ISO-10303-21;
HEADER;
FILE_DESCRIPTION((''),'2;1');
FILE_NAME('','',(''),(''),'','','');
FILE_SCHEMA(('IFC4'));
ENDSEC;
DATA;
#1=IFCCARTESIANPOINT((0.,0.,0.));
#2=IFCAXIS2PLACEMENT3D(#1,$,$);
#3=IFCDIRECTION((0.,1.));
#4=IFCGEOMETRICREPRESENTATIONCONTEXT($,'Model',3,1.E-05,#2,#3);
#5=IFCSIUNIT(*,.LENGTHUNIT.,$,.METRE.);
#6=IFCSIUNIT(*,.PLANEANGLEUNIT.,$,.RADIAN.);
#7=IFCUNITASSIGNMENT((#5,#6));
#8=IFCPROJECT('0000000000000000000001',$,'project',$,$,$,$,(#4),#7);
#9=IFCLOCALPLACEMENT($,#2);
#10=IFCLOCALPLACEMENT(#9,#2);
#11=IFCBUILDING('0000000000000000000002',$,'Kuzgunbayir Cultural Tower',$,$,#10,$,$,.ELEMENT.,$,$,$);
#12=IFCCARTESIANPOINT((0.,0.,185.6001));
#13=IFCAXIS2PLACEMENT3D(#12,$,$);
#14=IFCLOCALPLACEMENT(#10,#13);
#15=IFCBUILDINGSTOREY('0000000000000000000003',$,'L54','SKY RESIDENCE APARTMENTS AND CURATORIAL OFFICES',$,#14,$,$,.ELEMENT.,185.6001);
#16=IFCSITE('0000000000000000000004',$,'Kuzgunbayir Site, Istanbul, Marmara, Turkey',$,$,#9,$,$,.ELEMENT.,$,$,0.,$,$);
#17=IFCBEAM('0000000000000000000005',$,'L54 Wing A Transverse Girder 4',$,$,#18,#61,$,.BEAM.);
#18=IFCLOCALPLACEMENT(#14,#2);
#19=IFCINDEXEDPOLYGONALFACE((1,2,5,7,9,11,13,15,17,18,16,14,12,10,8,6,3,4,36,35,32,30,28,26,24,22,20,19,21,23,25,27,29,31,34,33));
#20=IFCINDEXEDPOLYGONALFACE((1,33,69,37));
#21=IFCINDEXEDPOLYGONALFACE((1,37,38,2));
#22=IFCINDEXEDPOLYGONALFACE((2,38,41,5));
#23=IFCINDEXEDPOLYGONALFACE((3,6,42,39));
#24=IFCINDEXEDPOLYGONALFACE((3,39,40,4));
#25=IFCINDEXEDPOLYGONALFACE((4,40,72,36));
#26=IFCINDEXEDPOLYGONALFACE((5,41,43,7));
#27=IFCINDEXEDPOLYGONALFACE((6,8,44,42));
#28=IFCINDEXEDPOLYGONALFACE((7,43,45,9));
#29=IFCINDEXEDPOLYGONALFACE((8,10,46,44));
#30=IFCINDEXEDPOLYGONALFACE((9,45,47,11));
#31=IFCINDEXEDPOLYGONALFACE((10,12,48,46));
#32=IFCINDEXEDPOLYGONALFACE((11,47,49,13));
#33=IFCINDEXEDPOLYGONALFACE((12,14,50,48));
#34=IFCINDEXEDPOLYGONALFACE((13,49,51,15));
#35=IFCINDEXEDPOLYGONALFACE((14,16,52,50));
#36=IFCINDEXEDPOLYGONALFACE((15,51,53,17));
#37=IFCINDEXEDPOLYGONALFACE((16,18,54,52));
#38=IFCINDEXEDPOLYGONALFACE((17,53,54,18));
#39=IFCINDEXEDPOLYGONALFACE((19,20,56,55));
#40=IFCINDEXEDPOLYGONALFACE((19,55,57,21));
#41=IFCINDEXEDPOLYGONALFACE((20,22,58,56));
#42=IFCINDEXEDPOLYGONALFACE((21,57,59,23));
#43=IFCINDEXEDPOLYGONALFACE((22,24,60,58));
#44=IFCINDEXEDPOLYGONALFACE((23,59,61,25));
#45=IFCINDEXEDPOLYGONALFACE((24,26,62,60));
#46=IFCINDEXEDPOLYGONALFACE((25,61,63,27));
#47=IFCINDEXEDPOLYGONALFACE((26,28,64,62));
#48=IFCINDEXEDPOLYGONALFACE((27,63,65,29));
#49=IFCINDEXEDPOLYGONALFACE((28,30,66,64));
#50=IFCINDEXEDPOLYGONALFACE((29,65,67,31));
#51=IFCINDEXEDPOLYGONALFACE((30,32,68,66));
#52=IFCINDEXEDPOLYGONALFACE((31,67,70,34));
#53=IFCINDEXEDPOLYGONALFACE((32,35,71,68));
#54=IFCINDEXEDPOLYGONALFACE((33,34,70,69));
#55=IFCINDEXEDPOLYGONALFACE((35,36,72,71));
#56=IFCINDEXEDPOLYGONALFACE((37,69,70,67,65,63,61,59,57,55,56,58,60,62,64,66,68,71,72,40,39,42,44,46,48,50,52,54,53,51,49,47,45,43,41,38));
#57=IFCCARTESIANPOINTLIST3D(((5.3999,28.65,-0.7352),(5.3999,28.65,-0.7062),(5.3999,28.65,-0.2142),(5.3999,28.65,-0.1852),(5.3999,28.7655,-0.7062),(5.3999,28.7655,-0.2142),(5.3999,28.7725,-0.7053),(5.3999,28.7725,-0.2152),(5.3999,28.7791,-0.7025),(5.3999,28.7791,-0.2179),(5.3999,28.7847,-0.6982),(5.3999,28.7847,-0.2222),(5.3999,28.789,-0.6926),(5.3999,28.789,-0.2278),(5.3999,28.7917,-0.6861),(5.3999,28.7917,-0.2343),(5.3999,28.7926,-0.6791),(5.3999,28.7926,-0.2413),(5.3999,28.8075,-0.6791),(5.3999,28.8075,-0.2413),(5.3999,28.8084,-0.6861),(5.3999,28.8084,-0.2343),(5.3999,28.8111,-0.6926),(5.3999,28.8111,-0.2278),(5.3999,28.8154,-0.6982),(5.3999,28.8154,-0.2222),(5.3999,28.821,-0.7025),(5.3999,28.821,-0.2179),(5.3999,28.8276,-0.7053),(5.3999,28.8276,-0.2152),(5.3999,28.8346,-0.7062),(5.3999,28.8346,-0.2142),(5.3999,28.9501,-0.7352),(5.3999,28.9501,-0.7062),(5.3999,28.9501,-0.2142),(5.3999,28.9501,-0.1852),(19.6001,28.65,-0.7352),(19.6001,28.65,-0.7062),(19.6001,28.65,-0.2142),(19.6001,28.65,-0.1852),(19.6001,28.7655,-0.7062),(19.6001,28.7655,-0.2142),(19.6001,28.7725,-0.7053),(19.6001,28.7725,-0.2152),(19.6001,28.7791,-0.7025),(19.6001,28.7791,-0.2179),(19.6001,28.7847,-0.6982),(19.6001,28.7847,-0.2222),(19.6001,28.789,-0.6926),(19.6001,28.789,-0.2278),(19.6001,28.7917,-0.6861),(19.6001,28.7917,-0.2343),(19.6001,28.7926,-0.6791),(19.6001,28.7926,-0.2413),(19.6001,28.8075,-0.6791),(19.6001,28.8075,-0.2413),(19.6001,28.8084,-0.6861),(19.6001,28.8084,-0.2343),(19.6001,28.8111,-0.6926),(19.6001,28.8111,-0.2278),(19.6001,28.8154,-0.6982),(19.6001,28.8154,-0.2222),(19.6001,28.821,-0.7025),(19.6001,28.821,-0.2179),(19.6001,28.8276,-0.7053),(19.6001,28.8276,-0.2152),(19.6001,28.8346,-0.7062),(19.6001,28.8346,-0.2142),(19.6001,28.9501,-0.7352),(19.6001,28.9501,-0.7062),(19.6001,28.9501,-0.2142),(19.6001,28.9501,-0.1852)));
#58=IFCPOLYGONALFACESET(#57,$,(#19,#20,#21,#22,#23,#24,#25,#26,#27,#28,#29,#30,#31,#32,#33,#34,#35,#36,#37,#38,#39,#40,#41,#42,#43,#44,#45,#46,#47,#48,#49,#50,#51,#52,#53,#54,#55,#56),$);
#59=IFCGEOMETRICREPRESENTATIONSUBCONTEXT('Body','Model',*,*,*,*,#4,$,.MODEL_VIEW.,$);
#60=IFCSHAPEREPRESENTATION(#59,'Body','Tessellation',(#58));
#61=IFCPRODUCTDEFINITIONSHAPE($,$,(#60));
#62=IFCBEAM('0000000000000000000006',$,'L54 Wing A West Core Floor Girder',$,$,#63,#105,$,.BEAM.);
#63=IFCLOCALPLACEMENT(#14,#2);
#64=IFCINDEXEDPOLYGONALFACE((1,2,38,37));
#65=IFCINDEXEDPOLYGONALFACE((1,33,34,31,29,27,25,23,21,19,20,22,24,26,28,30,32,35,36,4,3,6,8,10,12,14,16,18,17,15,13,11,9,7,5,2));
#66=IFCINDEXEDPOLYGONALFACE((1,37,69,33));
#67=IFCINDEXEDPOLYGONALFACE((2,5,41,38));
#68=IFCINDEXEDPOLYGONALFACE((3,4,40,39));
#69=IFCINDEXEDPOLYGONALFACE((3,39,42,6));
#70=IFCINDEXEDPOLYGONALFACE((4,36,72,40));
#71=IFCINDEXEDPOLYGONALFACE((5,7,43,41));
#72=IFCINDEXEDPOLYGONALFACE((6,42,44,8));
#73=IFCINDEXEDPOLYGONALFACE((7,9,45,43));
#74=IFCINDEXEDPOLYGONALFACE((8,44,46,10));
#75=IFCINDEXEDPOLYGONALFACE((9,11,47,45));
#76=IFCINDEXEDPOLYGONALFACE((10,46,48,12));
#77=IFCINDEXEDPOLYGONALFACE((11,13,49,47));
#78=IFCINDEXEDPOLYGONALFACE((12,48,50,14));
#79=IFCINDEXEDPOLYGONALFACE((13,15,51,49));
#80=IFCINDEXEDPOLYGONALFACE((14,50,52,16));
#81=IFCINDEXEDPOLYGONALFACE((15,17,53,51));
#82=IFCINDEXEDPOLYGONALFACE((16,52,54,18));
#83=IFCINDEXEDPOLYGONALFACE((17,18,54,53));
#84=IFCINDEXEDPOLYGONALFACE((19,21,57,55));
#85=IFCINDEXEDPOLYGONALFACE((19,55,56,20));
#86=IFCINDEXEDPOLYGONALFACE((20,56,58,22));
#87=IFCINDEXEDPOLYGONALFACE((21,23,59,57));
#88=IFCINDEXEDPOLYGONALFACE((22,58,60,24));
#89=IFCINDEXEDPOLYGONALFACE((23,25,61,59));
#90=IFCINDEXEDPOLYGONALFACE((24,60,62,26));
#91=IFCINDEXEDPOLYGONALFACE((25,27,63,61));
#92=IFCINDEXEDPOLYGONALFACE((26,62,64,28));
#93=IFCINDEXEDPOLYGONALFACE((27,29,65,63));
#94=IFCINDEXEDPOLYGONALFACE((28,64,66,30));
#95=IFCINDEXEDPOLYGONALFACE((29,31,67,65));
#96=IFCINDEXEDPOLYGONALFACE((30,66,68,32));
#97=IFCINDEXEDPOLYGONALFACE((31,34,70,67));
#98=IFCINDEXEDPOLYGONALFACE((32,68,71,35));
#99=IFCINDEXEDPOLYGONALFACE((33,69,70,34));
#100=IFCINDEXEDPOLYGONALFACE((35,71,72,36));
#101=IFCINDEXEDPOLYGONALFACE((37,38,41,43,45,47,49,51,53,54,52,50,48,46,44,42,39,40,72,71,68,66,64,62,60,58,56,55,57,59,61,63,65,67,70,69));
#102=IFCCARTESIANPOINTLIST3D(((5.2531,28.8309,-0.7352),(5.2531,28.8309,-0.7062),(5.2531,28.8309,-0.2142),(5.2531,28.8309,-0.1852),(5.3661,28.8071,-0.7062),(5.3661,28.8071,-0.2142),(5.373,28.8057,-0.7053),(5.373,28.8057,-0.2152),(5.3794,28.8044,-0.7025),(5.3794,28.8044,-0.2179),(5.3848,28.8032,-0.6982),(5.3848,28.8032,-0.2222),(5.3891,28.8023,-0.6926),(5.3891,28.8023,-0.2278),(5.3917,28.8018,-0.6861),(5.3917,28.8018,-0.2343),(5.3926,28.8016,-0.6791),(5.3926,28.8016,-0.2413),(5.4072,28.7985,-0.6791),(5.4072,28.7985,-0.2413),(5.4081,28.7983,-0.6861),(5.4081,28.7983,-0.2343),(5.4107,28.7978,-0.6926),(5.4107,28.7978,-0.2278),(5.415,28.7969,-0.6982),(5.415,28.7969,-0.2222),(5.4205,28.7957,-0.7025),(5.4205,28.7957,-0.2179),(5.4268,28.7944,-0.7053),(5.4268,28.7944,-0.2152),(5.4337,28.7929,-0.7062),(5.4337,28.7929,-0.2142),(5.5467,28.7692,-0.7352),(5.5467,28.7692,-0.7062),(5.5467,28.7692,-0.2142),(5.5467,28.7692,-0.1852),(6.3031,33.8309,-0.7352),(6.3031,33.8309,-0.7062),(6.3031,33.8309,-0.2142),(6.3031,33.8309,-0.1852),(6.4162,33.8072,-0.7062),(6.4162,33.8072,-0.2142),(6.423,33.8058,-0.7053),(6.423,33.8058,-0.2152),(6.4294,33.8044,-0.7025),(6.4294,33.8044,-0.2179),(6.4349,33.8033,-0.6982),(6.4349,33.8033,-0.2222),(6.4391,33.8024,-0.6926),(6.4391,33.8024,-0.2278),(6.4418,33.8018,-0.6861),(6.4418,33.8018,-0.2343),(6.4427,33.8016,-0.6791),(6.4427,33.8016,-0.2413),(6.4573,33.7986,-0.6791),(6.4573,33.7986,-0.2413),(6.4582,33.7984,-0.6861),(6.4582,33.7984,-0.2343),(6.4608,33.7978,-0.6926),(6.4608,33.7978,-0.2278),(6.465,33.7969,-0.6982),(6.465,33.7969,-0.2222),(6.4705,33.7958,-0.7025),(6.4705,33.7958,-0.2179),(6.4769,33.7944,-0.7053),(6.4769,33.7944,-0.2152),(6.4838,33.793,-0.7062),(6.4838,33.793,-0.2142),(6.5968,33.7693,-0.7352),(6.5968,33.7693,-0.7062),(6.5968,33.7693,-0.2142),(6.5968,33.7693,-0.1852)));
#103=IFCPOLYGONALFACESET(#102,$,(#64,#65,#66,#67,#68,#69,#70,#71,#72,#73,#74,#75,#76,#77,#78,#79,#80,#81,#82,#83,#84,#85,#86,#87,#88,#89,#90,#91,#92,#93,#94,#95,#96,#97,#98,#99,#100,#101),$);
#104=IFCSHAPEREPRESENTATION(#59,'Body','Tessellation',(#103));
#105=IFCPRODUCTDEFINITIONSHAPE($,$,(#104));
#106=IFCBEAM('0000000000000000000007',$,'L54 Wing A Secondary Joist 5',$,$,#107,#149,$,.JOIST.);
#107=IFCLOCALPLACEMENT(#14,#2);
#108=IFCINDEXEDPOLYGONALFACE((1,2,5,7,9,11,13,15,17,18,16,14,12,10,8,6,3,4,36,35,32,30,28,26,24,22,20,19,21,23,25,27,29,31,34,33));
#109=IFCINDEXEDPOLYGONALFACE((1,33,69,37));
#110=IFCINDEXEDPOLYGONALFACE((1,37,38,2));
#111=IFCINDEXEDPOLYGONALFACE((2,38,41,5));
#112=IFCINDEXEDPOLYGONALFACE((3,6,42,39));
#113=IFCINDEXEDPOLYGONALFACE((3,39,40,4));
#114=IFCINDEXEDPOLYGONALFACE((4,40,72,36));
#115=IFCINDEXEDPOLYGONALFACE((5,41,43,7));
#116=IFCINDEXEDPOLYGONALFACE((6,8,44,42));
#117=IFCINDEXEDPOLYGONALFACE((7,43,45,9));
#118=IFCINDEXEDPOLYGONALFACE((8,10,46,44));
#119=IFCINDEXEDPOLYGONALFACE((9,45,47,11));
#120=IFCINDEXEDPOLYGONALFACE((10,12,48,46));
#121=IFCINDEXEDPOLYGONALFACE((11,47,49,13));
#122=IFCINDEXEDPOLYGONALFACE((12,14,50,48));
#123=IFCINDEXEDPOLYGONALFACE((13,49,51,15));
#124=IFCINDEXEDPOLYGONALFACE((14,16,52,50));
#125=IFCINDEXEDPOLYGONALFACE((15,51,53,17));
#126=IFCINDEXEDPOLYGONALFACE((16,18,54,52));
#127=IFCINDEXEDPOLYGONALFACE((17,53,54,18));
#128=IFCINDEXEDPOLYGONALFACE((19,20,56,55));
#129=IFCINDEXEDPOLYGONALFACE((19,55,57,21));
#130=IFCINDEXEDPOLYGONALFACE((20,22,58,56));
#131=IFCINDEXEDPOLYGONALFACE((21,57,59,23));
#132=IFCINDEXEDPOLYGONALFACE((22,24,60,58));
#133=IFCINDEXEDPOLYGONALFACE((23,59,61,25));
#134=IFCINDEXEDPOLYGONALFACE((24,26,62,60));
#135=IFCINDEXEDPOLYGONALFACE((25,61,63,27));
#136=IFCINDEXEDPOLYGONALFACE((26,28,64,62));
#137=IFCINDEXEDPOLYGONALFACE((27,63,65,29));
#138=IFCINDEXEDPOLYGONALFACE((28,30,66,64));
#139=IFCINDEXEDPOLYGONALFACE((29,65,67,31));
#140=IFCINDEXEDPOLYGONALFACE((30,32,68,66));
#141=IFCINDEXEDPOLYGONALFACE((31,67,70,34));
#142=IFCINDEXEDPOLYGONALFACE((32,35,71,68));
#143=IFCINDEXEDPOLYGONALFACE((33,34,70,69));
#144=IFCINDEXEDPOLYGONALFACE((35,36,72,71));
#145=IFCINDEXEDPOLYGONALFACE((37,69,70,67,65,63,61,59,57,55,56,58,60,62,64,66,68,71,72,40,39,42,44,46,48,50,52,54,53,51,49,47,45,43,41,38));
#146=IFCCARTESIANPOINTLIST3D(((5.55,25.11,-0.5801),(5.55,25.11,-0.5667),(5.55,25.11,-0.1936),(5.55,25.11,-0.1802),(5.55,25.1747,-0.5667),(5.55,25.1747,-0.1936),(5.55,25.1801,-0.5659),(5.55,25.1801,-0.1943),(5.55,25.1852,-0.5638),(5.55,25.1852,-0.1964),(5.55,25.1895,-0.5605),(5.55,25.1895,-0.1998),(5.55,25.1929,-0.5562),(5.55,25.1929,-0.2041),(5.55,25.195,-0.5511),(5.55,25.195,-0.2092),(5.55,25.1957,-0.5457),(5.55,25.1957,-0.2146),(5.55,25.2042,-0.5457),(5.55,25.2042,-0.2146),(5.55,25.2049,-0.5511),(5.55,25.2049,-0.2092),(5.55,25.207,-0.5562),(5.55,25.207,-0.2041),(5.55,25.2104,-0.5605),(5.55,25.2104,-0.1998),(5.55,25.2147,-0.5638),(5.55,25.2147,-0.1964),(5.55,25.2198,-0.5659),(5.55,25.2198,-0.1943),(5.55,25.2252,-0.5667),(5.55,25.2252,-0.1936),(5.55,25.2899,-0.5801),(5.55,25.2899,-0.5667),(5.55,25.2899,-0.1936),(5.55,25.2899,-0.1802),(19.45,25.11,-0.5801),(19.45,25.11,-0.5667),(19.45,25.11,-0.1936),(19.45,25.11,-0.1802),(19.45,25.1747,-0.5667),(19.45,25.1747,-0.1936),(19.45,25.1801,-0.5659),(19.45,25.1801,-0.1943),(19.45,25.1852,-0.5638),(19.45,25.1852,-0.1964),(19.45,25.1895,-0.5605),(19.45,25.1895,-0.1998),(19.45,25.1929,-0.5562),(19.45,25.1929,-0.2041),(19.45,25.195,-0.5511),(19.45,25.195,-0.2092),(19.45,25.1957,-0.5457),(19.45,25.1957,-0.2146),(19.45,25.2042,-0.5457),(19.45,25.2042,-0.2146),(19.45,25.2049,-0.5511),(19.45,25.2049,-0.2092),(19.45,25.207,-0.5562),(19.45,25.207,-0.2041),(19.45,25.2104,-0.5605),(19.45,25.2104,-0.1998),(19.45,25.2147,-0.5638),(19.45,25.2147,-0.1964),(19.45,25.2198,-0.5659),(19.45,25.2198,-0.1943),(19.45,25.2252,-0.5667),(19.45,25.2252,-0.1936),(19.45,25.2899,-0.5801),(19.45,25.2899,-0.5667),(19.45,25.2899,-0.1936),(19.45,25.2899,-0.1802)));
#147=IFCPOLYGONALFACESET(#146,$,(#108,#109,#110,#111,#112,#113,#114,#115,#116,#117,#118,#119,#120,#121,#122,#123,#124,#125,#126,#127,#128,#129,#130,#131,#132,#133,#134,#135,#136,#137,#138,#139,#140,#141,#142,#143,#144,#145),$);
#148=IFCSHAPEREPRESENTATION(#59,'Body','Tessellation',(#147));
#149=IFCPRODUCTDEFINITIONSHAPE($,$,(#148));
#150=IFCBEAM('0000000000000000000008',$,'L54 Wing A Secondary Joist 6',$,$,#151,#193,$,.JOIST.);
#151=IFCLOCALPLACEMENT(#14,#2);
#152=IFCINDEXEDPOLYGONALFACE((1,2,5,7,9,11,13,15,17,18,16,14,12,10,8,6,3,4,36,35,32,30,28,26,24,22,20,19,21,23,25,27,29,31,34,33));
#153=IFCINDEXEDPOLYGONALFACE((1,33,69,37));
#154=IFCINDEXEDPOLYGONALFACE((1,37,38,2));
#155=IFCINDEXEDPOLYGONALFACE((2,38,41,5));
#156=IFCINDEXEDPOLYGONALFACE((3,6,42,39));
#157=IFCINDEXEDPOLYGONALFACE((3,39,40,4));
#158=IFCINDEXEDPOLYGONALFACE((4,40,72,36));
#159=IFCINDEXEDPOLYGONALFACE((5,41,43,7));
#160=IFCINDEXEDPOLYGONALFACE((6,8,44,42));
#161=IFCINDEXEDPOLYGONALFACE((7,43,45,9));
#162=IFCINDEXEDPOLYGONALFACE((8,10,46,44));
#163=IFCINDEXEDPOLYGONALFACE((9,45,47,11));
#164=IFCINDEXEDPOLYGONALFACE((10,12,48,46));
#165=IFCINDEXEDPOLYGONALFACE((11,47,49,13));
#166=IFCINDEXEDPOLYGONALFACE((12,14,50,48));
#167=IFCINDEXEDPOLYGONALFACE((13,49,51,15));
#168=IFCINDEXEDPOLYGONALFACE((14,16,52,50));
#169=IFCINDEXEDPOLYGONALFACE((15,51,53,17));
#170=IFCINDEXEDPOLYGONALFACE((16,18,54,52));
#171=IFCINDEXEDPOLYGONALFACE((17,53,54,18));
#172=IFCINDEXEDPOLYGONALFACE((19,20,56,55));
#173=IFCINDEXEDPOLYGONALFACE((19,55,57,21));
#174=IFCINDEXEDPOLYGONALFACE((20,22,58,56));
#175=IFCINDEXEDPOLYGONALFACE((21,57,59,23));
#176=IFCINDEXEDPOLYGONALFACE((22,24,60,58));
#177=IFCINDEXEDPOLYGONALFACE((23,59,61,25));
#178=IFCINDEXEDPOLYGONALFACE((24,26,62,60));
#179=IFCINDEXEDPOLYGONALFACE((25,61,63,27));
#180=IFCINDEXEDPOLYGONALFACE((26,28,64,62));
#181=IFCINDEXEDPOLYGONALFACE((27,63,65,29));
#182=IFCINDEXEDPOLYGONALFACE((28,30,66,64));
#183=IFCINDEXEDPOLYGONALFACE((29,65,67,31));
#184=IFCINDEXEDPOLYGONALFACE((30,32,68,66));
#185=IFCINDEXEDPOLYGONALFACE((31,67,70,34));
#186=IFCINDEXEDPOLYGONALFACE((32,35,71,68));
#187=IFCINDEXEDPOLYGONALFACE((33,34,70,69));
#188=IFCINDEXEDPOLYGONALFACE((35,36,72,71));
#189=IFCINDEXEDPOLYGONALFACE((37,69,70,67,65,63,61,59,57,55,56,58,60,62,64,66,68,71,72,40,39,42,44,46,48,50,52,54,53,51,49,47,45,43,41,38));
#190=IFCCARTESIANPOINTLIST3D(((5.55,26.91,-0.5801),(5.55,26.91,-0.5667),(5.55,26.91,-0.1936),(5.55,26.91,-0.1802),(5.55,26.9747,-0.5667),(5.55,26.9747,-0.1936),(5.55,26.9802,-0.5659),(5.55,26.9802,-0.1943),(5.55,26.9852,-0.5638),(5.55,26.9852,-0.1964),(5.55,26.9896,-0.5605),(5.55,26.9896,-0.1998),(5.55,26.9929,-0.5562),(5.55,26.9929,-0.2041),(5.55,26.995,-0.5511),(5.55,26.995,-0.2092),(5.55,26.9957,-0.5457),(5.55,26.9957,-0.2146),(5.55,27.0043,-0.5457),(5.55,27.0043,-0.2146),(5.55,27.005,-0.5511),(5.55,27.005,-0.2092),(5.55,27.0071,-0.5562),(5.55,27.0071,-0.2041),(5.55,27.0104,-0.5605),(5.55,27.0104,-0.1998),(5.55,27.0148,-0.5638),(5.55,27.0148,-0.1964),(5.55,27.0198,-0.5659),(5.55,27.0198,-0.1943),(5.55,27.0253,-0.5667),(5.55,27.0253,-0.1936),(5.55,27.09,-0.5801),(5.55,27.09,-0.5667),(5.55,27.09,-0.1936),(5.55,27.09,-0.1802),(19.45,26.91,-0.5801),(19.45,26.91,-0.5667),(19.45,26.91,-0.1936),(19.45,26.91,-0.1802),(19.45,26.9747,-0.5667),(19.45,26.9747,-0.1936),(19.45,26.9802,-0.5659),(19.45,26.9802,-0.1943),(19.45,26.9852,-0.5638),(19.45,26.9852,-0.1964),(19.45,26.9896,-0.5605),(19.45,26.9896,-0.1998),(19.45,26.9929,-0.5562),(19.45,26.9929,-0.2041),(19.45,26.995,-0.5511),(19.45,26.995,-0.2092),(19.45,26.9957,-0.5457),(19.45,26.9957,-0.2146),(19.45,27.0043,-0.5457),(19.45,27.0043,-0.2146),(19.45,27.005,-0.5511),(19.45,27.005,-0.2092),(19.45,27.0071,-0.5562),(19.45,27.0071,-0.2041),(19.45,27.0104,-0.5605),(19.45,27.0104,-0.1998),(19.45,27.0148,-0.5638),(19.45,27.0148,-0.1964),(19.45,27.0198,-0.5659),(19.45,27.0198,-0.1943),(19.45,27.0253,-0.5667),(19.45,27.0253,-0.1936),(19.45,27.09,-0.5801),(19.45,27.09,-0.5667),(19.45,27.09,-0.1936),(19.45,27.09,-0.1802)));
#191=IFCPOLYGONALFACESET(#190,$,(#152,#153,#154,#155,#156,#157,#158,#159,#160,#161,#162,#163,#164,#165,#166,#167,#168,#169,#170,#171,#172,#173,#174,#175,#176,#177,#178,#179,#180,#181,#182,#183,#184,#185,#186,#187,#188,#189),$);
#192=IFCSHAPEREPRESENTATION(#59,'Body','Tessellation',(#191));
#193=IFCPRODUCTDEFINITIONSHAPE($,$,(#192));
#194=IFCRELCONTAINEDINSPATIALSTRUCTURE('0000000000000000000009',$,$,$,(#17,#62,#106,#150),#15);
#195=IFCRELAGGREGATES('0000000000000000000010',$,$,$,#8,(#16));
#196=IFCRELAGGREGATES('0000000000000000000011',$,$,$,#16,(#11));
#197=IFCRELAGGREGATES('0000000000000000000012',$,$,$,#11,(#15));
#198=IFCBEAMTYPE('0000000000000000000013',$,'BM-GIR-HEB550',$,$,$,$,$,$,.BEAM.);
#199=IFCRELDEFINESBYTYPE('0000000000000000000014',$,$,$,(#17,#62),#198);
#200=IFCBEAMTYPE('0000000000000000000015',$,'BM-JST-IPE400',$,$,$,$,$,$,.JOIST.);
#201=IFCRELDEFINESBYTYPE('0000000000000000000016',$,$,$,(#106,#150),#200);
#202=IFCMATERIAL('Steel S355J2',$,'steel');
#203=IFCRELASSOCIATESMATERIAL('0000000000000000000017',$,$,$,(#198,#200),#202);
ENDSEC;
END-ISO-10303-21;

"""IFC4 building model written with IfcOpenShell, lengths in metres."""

from ifc_helpers import new_model, si_unit, direction, frame, origin, origin_2d, place, context, subcontext, project, spatial, i_section, extrude, material, material_profile, profile_set, type_object, element, save


model = new_model("IFC4")

# Units and contexts
model_context = context("Model", 3, precision=1e-05, world=origin(), true_north=direction((0.0, 1.0)))
body_context = subcontext(model_context, "Body", "Model", "MODEL_VIEW")
ifc_project = project(units=[si_unit("LENGTHUNIT", "METRE"), si_unit("PLANEANGLEUNIT", "RADIAN")], contexts=[model_context])

# Site, building, storey
site_placement = place(None, origin())
site = spatial("IfcSite", under=ifc_project, at=site_placement, Name="Kuzgunbayir Site, Istanbul, Marmara, Turkey", CompositionType="ELEMENT", RefElevation=0.0)
building_placement = place(site_placement, origin())
building = spatial("IfcBuilding", under=site, at=building_placement, Name="Kuzgunbayir Cultural Tower", CompositionType="ELEMENT")
storey_placement = place(building_placement, frame((0.0, 0.0, 185.6001)))
storey = spatial("IfcBuildingStorey", under=building, at=storey_placement, Name="L54", Description="SKY RESIDENCE APARTMENTS AND CURATORIAL OFFICES", CompositionType="ELEMENT", Elevation=185.6001)

# Beams
ifc_material_1 = material(Name="Steel S355J2", Category="steel")
ifc_material_profile_1 = material_profile(ifc_material_1, i_section(OverallWidth=0.3, OverallDepth=0.55, WebThickness=0.0149, FlangeThickness=0.0291, FilletRadius=0.0271, at=origin_2d()), Name="HEB 550")
ifc_profile_set_1 = profile_set([ifc_material_profile_1], Name="Steel S355J2")
beam_type_1 = type_object("IfcBeamType", Name="BM-GIR-HEB550", PredefinedType="BEAM", material=ifc_profile_set_1)
for number, where, z_axis, x_axis, name in (
    (1, (5.3999, 28.8, -0.4602), (1.0, 0.0, 0.0), (0.0, 1.0, 0.0), "L54 Wing A Transverse Girder 4"),
):
    element("IfcBeam", number, at=place(storey_placement, frame(where, z_axis=z_axis, x_axis=x_axis)), inside=storey, type_object=beam_type_1, Name=name, PredefinedType="BEAM", context=body_context, shape_type="SweptSolid", body=[
        extrude(i_section(OverallWidth=0.3, OverallDepth=0.55, WebThickness=0.0149, FlangeThickness=0.0291, FilletRadius=0.0271, at=origin_2d()), origin(), (0.0, 0.0, 1.0), 14.2002),
    ])
beam_1_placement = place(storey_placement, frame((5.3999, 28.8, -0.4602), z_axis=(0.205526, 0.978652, 0.0), x_axis=(-0.978652, 0.205526, 0.0)))
element("IfcBeam", 2, at=beam_1_placement, inside=storey, type_object=beam_type_1, Name="L54 Wing A West Core Floor Girder", PredefinedType="BEAM", context=body_context, shape_type="SweptSolid", body=[
    extrude(i_section(OverallWidth=0.3, OverallDepth=0.55, WebThickness=0.0149, FlangeThickness=0.0291, FilletRadius=0.0271, at=origin_2d()), origin(), (0.0, 0.0, 1.0), 5.1091),
])
ifc_material_profile_2 = material_profile(ifc_material_1, i_section(OverallWidth=0.1799, OverallDepth=0.3999, WebThickness=0.0085, FlangeThickness=0.0134, FilletRadius=0.021, at=origin_2d()), Name="IPE 400")
ifc_profile_set_2 = profile_set([ifc_material_profile_2], Name="Steel S355J2")
beam_type_2 = type_object("IfcBeamType", Name="BM-JST-IPE400", PredefinedType="JOIST", material=ifc_profile_set_2)
for number, where, z_axis, x_axis, name in (
    (3, (5.55, 25.2, -0.3801), (1.0, 0.0, 0.0), (0.0, 1.0, 0.0), "L54 Wing A Secondary Joist 5"),
    (4, (5.55, 27.0, -0.3801), (1.0, 0.0, 0.0), (0.0, 1.0, 0.0), "L54 Wing A Secondary Joist 6"),
):
    element("IfcBeam", number, at=place(storey_placement, frame(where, z_axis=z_axis, x_axis=x_axis)), inside=storey, type_object=beam_type_2, Name=name, PredefinedType="JOIST", context=body_context, shape_type="SweptSolid", body=[
        extrude(i_section(OverallWidth=0.1799, OverallDepth=0.3999, WebThickness=0.0085, FlangeThickness=0.0134, FilletRadius=0.021, at=origin_2d()), origin(), (0.0, 0.0, 1.0), 13.8999),
    ])

save(model, "model.ifc")
